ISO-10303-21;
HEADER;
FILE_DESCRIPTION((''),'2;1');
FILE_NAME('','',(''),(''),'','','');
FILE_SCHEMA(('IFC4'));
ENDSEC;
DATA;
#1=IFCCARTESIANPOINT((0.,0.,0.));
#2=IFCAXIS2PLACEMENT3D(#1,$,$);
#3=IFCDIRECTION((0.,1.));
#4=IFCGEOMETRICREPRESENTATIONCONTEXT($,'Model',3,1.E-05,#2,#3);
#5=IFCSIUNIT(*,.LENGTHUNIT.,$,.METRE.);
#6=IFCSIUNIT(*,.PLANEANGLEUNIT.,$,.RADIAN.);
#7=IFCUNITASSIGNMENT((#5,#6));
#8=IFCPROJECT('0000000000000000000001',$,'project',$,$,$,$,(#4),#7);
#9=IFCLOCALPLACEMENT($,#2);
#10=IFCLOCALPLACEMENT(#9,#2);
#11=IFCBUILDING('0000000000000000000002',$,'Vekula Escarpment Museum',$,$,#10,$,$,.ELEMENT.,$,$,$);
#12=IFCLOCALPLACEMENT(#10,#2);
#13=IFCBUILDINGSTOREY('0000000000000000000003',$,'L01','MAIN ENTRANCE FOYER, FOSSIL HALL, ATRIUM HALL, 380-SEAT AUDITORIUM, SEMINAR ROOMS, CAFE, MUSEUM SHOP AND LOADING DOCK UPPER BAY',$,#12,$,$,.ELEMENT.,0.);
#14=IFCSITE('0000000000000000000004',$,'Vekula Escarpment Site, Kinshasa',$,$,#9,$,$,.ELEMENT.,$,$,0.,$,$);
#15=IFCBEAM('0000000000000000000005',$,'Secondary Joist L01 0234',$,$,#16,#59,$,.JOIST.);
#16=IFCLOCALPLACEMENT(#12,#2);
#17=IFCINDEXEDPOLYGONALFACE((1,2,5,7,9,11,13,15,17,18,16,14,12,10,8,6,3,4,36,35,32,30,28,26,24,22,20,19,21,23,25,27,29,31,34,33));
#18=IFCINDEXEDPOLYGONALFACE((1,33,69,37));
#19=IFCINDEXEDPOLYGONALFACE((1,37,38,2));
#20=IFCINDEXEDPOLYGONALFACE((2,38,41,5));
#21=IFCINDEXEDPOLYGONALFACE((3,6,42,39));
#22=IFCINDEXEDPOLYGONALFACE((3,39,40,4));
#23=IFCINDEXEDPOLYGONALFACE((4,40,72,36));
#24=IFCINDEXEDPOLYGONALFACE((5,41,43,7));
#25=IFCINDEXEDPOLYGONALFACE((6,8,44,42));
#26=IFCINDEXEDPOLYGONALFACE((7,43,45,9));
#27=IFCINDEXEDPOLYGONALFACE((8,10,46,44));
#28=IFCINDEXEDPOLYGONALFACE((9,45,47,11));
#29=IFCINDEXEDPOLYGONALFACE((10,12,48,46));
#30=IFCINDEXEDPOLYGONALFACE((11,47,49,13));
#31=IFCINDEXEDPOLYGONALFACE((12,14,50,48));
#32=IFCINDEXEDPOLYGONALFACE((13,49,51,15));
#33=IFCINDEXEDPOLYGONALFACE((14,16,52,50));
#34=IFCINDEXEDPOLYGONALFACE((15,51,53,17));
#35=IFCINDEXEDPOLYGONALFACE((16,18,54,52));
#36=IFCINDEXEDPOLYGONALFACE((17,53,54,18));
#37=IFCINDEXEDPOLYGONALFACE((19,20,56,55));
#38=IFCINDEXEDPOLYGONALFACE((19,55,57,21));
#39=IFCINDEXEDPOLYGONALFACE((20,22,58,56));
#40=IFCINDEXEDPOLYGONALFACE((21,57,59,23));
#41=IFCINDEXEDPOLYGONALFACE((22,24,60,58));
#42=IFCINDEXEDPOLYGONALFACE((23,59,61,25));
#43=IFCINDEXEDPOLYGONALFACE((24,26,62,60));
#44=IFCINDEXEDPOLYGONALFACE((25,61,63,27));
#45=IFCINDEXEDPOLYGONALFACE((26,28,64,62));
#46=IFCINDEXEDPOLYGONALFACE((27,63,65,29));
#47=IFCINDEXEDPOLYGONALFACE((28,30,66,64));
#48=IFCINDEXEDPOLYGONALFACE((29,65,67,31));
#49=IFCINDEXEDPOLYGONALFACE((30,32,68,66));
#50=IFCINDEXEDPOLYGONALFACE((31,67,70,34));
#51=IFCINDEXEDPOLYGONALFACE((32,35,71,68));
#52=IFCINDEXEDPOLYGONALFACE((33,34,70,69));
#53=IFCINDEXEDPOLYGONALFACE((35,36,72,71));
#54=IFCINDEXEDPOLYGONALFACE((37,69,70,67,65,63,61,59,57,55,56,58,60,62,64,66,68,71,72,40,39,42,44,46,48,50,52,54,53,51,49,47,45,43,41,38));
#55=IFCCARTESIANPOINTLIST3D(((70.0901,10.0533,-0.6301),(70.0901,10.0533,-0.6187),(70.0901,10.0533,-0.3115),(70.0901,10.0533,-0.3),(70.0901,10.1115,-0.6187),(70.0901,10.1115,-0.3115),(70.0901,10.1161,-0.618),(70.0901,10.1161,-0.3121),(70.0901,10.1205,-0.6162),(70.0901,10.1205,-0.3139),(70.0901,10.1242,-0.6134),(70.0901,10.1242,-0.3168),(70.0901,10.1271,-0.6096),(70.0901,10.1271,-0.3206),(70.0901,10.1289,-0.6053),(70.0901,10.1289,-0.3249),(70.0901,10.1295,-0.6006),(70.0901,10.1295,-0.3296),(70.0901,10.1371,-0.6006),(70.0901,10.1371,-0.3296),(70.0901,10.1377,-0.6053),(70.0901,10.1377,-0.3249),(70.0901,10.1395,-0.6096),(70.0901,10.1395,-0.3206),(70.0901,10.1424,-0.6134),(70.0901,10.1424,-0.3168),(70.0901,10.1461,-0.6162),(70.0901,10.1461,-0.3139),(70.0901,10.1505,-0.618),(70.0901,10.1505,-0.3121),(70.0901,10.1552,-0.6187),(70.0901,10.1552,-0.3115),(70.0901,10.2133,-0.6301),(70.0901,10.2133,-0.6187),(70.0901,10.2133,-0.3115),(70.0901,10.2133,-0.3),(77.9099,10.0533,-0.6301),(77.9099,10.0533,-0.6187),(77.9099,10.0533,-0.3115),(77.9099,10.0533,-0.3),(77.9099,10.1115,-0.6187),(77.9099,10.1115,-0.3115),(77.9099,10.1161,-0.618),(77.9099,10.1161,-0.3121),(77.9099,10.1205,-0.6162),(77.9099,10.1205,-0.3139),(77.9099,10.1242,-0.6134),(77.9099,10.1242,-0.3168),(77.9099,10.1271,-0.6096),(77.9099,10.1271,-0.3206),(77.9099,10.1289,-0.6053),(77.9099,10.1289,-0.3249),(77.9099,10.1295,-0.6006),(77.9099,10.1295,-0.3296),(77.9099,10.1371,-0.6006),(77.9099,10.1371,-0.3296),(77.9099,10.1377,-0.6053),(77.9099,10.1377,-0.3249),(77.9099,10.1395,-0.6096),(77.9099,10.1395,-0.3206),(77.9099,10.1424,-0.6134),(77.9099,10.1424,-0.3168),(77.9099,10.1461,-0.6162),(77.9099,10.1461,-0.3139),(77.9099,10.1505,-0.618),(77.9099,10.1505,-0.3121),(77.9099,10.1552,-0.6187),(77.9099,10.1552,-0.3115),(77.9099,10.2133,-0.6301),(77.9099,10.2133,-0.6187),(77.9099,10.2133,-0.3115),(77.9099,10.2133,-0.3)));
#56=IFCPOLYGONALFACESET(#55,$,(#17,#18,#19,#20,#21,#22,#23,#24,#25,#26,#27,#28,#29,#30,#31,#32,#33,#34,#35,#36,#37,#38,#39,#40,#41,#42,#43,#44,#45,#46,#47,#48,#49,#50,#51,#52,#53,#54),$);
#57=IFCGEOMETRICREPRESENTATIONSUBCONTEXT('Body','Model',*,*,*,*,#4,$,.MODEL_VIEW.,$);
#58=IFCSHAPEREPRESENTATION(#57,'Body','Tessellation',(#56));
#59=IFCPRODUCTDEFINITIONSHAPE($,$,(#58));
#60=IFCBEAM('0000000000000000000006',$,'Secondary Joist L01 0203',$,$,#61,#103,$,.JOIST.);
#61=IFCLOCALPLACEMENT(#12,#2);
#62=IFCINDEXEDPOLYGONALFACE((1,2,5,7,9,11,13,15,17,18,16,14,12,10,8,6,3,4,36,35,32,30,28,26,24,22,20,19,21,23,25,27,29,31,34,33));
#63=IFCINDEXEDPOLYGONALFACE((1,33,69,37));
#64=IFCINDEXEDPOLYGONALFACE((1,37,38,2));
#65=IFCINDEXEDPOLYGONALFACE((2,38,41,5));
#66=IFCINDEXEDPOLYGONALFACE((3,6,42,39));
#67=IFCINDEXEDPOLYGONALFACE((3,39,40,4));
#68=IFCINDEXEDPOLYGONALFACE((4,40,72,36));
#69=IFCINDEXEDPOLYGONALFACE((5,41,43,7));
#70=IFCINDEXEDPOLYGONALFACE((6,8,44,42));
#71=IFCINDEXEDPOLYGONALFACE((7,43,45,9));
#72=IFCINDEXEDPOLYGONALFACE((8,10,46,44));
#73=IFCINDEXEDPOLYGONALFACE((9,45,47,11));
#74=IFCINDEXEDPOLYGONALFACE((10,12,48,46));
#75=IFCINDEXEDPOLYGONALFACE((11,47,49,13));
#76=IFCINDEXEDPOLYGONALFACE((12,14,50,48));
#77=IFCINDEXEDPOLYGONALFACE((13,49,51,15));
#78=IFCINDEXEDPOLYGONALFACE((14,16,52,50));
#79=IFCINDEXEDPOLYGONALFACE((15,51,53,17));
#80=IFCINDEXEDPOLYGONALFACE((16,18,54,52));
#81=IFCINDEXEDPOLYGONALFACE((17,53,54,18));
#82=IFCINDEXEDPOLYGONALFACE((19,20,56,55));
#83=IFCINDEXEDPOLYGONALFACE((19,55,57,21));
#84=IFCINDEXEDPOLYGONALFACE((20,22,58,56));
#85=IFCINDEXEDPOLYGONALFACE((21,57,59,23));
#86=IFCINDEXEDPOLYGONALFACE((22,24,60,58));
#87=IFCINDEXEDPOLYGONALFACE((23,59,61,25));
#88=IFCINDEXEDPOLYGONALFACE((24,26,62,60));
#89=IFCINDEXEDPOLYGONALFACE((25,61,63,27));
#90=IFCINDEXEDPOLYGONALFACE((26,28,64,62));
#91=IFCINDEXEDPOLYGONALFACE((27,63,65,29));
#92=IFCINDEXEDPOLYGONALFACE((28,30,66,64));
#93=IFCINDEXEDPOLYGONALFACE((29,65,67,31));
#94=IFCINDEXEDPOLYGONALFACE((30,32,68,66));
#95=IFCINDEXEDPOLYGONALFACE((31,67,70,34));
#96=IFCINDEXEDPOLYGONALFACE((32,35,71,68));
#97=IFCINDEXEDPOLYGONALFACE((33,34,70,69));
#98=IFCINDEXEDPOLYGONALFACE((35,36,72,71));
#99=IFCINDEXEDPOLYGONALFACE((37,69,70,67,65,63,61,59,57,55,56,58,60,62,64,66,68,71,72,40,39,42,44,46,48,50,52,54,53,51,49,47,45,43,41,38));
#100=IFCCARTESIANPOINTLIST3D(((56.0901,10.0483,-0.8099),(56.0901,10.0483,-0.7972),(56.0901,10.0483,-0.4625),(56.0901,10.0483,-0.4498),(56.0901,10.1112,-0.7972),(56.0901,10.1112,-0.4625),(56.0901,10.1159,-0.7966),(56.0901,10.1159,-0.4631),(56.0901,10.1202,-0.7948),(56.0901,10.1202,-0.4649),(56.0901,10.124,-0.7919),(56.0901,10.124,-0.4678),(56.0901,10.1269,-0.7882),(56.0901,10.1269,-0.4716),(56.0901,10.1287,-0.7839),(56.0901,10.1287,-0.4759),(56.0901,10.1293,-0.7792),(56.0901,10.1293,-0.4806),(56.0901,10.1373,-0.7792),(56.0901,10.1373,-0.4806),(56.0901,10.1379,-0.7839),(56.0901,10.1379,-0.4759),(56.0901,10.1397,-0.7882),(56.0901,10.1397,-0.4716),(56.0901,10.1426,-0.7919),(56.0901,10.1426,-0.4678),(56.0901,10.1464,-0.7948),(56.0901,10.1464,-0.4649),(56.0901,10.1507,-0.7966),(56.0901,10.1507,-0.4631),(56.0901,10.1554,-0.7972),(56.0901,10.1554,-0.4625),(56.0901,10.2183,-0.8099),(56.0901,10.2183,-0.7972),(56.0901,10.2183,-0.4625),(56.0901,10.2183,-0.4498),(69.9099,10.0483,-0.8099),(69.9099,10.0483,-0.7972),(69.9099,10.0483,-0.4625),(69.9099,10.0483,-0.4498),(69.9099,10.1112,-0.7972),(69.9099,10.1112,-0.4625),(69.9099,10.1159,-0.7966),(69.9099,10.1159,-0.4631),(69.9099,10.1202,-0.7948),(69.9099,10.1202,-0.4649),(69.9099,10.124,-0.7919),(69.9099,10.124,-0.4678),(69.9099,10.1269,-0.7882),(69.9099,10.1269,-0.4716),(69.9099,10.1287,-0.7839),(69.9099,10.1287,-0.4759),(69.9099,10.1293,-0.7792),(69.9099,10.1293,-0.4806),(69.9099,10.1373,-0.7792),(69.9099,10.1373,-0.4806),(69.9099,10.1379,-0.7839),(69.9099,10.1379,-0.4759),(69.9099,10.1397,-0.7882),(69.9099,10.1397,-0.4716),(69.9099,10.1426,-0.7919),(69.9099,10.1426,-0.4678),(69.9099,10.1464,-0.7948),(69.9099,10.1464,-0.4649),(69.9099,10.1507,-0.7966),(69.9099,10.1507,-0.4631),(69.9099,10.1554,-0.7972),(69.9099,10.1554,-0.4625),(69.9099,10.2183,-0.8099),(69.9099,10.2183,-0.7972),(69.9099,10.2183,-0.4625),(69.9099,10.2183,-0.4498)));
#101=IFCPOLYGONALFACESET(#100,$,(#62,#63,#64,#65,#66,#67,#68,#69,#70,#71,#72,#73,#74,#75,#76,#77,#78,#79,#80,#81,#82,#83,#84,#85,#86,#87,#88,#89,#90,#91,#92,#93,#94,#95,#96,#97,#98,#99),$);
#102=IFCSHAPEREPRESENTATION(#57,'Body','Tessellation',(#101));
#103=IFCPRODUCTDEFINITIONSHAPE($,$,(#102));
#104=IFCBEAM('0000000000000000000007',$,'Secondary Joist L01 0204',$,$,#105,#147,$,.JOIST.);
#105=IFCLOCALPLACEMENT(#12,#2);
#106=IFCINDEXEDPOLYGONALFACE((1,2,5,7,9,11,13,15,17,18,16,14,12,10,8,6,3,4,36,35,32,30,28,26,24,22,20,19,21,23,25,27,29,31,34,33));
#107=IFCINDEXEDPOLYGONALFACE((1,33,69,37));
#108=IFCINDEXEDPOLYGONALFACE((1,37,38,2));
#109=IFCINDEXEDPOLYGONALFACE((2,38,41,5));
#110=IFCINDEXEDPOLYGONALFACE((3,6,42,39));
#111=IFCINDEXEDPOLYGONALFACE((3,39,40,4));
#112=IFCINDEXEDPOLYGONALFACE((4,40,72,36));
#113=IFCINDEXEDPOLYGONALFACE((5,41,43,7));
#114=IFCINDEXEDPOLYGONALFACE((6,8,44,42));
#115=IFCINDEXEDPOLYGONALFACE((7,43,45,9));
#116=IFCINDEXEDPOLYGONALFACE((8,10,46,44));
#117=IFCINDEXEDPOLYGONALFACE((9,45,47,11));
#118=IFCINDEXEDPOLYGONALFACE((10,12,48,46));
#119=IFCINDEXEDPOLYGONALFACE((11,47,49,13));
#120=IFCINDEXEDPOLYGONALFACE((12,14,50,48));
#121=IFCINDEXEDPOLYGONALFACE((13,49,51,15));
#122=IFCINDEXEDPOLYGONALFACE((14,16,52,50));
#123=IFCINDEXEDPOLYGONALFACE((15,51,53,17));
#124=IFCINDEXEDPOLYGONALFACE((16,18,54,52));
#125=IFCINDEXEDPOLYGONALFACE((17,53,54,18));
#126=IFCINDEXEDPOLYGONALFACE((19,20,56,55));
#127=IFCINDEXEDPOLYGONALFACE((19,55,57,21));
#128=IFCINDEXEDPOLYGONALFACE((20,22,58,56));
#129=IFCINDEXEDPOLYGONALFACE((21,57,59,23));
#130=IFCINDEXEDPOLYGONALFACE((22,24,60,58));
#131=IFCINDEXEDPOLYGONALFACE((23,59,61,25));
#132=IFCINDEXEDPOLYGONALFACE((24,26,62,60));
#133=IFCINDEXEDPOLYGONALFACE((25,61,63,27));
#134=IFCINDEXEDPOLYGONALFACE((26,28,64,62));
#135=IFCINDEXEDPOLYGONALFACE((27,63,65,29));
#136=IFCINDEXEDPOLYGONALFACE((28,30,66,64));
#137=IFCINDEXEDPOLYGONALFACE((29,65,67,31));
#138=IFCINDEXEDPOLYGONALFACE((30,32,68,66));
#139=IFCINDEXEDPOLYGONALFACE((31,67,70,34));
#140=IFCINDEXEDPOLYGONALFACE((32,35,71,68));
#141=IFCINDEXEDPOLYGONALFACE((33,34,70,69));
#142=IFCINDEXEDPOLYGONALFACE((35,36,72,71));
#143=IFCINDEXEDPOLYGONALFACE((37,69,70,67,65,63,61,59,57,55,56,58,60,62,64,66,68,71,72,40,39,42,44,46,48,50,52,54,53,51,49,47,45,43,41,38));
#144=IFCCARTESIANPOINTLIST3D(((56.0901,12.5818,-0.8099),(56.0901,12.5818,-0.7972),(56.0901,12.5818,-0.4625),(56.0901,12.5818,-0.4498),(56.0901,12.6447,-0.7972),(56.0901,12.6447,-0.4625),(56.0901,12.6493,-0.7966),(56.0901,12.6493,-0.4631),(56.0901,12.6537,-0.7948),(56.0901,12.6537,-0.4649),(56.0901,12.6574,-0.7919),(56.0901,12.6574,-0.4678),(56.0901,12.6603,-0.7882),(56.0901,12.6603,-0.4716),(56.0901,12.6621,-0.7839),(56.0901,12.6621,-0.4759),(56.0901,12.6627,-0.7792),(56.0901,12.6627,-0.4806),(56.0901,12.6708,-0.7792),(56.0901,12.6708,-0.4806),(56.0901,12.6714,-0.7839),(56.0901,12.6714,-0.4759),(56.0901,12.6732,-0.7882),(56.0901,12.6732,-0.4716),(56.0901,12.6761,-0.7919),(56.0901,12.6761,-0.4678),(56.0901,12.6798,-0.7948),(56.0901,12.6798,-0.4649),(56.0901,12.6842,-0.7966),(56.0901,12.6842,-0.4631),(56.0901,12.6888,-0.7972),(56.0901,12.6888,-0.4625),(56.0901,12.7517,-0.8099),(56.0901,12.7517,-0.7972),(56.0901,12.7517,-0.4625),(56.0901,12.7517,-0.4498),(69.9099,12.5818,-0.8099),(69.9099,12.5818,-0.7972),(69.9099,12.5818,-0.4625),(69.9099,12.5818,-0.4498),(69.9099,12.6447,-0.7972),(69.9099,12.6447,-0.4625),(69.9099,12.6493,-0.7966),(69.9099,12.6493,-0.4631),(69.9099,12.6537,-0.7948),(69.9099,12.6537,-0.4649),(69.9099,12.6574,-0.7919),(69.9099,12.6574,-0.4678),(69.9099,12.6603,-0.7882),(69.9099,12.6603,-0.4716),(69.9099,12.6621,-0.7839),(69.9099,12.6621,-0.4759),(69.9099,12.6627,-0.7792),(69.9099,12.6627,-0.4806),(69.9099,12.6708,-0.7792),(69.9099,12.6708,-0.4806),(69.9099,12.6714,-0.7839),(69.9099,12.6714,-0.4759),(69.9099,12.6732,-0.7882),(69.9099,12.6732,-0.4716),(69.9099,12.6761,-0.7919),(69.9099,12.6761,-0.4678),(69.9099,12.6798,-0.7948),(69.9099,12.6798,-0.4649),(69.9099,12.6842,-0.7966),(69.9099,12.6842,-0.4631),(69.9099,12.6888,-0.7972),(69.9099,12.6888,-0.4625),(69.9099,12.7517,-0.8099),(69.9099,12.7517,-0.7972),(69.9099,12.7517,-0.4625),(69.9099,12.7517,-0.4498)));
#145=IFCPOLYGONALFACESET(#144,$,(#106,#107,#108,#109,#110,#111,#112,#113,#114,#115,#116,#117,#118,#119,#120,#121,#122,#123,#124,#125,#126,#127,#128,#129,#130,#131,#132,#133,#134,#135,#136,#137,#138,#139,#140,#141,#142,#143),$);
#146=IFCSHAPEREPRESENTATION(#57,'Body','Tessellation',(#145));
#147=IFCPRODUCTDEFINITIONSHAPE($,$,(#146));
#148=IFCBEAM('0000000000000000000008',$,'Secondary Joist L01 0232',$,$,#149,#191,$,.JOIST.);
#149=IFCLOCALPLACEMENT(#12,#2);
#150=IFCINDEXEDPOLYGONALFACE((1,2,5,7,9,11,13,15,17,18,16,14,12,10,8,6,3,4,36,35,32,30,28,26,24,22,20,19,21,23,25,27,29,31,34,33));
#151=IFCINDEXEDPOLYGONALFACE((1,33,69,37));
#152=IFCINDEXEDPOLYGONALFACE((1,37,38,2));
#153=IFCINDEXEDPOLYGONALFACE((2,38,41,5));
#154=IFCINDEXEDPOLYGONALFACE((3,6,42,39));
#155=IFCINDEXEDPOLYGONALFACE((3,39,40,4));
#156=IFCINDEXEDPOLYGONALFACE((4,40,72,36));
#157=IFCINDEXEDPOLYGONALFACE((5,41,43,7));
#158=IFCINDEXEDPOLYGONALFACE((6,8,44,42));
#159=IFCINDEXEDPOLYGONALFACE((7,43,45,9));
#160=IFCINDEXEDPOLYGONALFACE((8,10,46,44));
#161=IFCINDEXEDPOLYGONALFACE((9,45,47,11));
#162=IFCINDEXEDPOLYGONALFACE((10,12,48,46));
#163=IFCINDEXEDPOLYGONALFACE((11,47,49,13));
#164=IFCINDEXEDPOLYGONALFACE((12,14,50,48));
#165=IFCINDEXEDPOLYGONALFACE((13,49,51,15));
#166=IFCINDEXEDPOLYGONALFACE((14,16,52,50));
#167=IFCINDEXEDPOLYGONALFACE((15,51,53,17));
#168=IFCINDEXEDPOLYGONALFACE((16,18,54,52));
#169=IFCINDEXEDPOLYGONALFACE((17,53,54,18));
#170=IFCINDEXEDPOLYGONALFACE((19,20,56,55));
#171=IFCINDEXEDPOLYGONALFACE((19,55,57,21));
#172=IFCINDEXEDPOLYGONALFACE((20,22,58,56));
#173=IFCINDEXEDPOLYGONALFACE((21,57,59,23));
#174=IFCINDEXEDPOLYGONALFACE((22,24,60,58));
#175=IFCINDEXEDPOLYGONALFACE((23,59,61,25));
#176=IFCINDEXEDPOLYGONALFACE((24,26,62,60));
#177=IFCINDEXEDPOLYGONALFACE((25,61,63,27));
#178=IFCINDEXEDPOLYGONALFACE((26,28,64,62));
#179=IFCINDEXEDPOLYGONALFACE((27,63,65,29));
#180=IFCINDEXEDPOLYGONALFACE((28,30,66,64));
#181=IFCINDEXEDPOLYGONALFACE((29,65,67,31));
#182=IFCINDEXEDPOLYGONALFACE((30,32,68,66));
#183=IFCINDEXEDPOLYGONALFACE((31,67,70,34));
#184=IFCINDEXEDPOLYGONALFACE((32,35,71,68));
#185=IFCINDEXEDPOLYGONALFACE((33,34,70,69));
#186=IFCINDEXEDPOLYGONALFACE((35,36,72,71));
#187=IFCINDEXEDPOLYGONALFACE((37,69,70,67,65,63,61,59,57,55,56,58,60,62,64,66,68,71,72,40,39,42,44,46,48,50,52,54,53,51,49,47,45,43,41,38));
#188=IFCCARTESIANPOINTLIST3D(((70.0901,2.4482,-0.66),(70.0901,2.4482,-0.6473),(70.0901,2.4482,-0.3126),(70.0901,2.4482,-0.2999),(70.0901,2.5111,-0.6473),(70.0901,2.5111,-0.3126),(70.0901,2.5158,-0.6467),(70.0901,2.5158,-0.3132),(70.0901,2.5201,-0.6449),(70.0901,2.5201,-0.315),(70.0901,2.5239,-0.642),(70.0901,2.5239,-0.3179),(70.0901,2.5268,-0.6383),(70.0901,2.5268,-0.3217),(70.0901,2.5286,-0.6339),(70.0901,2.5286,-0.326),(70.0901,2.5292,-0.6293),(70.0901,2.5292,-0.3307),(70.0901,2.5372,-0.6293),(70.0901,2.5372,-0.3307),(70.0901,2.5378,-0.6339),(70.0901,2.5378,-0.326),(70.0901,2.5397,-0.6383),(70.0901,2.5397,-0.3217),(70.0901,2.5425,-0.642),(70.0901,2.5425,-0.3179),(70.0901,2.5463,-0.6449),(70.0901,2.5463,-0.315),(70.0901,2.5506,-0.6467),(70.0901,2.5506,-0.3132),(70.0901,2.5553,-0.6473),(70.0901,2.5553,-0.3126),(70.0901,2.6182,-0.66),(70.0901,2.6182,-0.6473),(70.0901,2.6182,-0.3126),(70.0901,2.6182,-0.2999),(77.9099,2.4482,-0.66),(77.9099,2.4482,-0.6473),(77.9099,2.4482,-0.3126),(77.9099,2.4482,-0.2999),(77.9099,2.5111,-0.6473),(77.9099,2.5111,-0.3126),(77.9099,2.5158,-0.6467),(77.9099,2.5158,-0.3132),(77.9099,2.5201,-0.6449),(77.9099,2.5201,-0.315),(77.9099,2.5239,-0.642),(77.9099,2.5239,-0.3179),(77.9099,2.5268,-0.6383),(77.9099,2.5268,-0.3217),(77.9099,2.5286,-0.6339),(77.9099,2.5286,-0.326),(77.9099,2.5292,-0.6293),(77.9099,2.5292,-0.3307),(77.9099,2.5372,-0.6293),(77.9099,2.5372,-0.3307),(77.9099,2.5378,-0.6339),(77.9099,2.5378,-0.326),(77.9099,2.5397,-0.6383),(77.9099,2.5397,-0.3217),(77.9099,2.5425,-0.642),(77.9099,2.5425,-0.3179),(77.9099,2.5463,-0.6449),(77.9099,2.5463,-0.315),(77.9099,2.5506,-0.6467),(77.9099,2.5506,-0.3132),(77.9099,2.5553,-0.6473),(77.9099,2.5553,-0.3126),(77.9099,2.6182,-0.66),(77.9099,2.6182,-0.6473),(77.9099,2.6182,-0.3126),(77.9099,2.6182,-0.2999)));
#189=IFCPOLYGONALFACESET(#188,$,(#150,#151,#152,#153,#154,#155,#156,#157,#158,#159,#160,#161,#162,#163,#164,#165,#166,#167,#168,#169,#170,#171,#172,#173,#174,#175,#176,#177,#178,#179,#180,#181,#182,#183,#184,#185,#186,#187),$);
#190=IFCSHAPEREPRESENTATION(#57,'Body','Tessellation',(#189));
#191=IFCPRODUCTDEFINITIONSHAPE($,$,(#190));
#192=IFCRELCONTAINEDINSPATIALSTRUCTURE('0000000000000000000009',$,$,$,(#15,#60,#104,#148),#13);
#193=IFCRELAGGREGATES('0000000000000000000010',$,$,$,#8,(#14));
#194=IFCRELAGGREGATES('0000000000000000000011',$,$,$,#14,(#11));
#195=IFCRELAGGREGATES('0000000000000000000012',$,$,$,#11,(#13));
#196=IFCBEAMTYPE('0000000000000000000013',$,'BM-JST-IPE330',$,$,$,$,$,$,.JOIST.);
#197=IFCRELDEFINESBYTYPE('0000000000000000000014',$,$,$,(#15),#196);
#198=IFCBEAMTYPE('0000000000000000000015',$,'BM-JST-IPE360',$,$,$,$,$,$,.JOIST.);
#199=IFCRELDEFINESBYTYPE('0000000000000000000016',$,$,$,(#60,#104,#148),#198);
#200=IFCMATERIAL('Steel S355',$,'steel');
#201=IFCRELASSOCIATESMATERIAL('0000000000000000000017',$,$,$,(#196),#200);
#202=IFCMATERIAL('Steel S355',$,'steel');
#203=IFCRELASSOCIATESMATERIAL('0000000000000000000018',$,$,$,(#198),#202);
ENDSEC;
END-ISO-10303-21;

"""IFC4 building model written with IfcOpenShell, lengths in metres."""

from ifc_helpers import new_model, si_unit, direction, frame, origin, origin_2d, place, context, subcontext, project, spatial, i_section, extrude, material, material_profile, profile_set, type_object, element, save


model = new_model("IFC4")

# Units and contexts
model_context = context("Model", 3, precision=1e-05, world=origin(), true_north=direction((0.0, 1.0)))
body_context = subcontext(model_context, "Body", "Model", "MODEL_VIEW")
ifc_project = project(units=[si_unit("LENGTHUNIT", "METRE"), si_unit("PLANEANGLEUNIT", "RADIAN")], contexts=[model_context])

# Site, building, storey
site_placement = place(None, origin())
site = spatial("IfcSite", under=ifc_project, at=site_placement, Name="Vekula Escarpment Site, Kinshasa", CompositionType="ELEMENT", RefElevation=0.0)
building_placement = place(site_placement, origin())
building = spatial("IfcBuilding", under=site, at=building_placement, Name="Vekula Escarpment Museum", CompositionType="ELEMENT")
storey_placement = place(building_placement, origin())
storey = spatial("IfcBuildingStorey", under=building, at=storey_placement, Name="L01", Description="MAIN ENTRANCE FOYER, FOSSIL HALL, ATRIUM HALL, 380-SEAT AUDITORIUM, SEMINAR ROOMS, CAFE, MUSEUM SHOP AND LOADING DOCK UPPER BAY", CompositionType="ELEMENT", Elevation=0.0)

# Beams
ifc_material_1 = material(Name="Steel S355", Category="steel")
ifc_material_profile_1 = material_profile(ifc_material_1, i_section(OverallWidth=0.1599, OverallDepth=0.3301, WebThickness=0.0076, FlangeThickness=0.0115, FilletRadius=0.0181, at=origin_2d()), Name="IPE 330")
ifc_profile_set_1 = profile_set([ifc_material_profile_1], Name="Steel S355")
beam_type_1 = type_object("IfcBeamType", Name="BM-JST-IPE330", PredefinedType="JOIST", material=ifc_profile_set_1)
beam_1_placement = place(storey_placement, frame((70.0901, 10.1333, -0.4651), z_axis=(1.0, 0.0, 0.0), x_axis=(0.0, 1.0, 0.0)))
element("IfcBeam", 1, at=beam_1_placement, inside=storey, type_object=beam_type_1, Name="Secondary Joist L01 0234", PredefinedType="JOIST", context=body_context, shape_type="SweptSolid", body=[
    extrude(i_section(OverallWidth=0.1599, OverallDepth=0.3301, WebThickness=0.0076, FlangeThickness=0.0115, FilletRadius=0.0181, at=origin_2d()), origin(), (0.0, 0.0, 1.0), 7.8198),
])
ifc_material_2 = material(Name="Steel S355", Category="steel")
ifc_material_profile_2 = material_profile(ifc_material_2, i_section(OverallWidth=0.1699, OverallDepth=0.3601, WebThickness=0.0081, FlangeThickness=0.0127, FilletRadius=0.0181, at=origin_2d()), Name="IPE 360")
ifc_profile_set_2 = profile_set([ifc_material_profile_2], Name="Steel S355")
beam_type_2 = type_object("IfcBeamType", Name="BM-JST-IPE360", PredefinedType="JOIST", material=ifc_profile_set_2)
for number, where, z_axis, x_axis, name in (
    (2, (56.0901, 10.1333, -0.6299), (1.0, 0.0, 0.0), (0.0, 1.0, 0.0), "Secondary Joist L01 0203"),
    (3, (56.0901, 12.6667, -0.6299), (1.0, 0.0, 0.0), (0.0, 1.0, 0.0), "Secondary Joist L01 0204"),
):
    element("IfcBeam", number, at=place(storey_placement, frame(where, z_axis=z_axis, x_axis=x_axis)), inside=storey, type_object=beam_type_2, Name=name, PredefinedType="JOIST", context=body_context, shape_type="SweptSolid", body=[
        extrude(i_section(OverallWidth=0.1699, OverallDepth=0.3601, WebThickness=0.0081, FlangeThickness=0.0127, FilletRadius=0.0181, at=origin_2d()), origin(), (0.0, 0.0, 1.0), 13.8198),
    ])
for number, where, z_axis, x_axis, name in (
    (4, (70.0901, 2.5332, -0.48), (1.0, 0.0, 0.0), (0.0, 1.0, 0.0), "Secondary Joist L01 0232"),
):
    element("IfcBeam", number, at=place(storey_placement, frame(where, z_axis=z_axis, x_axis=x_axis)), inside=storey, type_object=beam_type_2, Name=name, PredefinedType="JOIST", context=body_context, shape_type="SweptSolid", body=[
        extrude(i_section(OverallWidth=0.1699, OverallDepth=0.3601, WebThickness=0.0081, FlangeThickness=0.0127, FilletRadius=0.0181, at=origin_2d()), origin(), (0.0, 0.0, 1.0), 7.8198),
    ])

save(model, "model.ifc")
